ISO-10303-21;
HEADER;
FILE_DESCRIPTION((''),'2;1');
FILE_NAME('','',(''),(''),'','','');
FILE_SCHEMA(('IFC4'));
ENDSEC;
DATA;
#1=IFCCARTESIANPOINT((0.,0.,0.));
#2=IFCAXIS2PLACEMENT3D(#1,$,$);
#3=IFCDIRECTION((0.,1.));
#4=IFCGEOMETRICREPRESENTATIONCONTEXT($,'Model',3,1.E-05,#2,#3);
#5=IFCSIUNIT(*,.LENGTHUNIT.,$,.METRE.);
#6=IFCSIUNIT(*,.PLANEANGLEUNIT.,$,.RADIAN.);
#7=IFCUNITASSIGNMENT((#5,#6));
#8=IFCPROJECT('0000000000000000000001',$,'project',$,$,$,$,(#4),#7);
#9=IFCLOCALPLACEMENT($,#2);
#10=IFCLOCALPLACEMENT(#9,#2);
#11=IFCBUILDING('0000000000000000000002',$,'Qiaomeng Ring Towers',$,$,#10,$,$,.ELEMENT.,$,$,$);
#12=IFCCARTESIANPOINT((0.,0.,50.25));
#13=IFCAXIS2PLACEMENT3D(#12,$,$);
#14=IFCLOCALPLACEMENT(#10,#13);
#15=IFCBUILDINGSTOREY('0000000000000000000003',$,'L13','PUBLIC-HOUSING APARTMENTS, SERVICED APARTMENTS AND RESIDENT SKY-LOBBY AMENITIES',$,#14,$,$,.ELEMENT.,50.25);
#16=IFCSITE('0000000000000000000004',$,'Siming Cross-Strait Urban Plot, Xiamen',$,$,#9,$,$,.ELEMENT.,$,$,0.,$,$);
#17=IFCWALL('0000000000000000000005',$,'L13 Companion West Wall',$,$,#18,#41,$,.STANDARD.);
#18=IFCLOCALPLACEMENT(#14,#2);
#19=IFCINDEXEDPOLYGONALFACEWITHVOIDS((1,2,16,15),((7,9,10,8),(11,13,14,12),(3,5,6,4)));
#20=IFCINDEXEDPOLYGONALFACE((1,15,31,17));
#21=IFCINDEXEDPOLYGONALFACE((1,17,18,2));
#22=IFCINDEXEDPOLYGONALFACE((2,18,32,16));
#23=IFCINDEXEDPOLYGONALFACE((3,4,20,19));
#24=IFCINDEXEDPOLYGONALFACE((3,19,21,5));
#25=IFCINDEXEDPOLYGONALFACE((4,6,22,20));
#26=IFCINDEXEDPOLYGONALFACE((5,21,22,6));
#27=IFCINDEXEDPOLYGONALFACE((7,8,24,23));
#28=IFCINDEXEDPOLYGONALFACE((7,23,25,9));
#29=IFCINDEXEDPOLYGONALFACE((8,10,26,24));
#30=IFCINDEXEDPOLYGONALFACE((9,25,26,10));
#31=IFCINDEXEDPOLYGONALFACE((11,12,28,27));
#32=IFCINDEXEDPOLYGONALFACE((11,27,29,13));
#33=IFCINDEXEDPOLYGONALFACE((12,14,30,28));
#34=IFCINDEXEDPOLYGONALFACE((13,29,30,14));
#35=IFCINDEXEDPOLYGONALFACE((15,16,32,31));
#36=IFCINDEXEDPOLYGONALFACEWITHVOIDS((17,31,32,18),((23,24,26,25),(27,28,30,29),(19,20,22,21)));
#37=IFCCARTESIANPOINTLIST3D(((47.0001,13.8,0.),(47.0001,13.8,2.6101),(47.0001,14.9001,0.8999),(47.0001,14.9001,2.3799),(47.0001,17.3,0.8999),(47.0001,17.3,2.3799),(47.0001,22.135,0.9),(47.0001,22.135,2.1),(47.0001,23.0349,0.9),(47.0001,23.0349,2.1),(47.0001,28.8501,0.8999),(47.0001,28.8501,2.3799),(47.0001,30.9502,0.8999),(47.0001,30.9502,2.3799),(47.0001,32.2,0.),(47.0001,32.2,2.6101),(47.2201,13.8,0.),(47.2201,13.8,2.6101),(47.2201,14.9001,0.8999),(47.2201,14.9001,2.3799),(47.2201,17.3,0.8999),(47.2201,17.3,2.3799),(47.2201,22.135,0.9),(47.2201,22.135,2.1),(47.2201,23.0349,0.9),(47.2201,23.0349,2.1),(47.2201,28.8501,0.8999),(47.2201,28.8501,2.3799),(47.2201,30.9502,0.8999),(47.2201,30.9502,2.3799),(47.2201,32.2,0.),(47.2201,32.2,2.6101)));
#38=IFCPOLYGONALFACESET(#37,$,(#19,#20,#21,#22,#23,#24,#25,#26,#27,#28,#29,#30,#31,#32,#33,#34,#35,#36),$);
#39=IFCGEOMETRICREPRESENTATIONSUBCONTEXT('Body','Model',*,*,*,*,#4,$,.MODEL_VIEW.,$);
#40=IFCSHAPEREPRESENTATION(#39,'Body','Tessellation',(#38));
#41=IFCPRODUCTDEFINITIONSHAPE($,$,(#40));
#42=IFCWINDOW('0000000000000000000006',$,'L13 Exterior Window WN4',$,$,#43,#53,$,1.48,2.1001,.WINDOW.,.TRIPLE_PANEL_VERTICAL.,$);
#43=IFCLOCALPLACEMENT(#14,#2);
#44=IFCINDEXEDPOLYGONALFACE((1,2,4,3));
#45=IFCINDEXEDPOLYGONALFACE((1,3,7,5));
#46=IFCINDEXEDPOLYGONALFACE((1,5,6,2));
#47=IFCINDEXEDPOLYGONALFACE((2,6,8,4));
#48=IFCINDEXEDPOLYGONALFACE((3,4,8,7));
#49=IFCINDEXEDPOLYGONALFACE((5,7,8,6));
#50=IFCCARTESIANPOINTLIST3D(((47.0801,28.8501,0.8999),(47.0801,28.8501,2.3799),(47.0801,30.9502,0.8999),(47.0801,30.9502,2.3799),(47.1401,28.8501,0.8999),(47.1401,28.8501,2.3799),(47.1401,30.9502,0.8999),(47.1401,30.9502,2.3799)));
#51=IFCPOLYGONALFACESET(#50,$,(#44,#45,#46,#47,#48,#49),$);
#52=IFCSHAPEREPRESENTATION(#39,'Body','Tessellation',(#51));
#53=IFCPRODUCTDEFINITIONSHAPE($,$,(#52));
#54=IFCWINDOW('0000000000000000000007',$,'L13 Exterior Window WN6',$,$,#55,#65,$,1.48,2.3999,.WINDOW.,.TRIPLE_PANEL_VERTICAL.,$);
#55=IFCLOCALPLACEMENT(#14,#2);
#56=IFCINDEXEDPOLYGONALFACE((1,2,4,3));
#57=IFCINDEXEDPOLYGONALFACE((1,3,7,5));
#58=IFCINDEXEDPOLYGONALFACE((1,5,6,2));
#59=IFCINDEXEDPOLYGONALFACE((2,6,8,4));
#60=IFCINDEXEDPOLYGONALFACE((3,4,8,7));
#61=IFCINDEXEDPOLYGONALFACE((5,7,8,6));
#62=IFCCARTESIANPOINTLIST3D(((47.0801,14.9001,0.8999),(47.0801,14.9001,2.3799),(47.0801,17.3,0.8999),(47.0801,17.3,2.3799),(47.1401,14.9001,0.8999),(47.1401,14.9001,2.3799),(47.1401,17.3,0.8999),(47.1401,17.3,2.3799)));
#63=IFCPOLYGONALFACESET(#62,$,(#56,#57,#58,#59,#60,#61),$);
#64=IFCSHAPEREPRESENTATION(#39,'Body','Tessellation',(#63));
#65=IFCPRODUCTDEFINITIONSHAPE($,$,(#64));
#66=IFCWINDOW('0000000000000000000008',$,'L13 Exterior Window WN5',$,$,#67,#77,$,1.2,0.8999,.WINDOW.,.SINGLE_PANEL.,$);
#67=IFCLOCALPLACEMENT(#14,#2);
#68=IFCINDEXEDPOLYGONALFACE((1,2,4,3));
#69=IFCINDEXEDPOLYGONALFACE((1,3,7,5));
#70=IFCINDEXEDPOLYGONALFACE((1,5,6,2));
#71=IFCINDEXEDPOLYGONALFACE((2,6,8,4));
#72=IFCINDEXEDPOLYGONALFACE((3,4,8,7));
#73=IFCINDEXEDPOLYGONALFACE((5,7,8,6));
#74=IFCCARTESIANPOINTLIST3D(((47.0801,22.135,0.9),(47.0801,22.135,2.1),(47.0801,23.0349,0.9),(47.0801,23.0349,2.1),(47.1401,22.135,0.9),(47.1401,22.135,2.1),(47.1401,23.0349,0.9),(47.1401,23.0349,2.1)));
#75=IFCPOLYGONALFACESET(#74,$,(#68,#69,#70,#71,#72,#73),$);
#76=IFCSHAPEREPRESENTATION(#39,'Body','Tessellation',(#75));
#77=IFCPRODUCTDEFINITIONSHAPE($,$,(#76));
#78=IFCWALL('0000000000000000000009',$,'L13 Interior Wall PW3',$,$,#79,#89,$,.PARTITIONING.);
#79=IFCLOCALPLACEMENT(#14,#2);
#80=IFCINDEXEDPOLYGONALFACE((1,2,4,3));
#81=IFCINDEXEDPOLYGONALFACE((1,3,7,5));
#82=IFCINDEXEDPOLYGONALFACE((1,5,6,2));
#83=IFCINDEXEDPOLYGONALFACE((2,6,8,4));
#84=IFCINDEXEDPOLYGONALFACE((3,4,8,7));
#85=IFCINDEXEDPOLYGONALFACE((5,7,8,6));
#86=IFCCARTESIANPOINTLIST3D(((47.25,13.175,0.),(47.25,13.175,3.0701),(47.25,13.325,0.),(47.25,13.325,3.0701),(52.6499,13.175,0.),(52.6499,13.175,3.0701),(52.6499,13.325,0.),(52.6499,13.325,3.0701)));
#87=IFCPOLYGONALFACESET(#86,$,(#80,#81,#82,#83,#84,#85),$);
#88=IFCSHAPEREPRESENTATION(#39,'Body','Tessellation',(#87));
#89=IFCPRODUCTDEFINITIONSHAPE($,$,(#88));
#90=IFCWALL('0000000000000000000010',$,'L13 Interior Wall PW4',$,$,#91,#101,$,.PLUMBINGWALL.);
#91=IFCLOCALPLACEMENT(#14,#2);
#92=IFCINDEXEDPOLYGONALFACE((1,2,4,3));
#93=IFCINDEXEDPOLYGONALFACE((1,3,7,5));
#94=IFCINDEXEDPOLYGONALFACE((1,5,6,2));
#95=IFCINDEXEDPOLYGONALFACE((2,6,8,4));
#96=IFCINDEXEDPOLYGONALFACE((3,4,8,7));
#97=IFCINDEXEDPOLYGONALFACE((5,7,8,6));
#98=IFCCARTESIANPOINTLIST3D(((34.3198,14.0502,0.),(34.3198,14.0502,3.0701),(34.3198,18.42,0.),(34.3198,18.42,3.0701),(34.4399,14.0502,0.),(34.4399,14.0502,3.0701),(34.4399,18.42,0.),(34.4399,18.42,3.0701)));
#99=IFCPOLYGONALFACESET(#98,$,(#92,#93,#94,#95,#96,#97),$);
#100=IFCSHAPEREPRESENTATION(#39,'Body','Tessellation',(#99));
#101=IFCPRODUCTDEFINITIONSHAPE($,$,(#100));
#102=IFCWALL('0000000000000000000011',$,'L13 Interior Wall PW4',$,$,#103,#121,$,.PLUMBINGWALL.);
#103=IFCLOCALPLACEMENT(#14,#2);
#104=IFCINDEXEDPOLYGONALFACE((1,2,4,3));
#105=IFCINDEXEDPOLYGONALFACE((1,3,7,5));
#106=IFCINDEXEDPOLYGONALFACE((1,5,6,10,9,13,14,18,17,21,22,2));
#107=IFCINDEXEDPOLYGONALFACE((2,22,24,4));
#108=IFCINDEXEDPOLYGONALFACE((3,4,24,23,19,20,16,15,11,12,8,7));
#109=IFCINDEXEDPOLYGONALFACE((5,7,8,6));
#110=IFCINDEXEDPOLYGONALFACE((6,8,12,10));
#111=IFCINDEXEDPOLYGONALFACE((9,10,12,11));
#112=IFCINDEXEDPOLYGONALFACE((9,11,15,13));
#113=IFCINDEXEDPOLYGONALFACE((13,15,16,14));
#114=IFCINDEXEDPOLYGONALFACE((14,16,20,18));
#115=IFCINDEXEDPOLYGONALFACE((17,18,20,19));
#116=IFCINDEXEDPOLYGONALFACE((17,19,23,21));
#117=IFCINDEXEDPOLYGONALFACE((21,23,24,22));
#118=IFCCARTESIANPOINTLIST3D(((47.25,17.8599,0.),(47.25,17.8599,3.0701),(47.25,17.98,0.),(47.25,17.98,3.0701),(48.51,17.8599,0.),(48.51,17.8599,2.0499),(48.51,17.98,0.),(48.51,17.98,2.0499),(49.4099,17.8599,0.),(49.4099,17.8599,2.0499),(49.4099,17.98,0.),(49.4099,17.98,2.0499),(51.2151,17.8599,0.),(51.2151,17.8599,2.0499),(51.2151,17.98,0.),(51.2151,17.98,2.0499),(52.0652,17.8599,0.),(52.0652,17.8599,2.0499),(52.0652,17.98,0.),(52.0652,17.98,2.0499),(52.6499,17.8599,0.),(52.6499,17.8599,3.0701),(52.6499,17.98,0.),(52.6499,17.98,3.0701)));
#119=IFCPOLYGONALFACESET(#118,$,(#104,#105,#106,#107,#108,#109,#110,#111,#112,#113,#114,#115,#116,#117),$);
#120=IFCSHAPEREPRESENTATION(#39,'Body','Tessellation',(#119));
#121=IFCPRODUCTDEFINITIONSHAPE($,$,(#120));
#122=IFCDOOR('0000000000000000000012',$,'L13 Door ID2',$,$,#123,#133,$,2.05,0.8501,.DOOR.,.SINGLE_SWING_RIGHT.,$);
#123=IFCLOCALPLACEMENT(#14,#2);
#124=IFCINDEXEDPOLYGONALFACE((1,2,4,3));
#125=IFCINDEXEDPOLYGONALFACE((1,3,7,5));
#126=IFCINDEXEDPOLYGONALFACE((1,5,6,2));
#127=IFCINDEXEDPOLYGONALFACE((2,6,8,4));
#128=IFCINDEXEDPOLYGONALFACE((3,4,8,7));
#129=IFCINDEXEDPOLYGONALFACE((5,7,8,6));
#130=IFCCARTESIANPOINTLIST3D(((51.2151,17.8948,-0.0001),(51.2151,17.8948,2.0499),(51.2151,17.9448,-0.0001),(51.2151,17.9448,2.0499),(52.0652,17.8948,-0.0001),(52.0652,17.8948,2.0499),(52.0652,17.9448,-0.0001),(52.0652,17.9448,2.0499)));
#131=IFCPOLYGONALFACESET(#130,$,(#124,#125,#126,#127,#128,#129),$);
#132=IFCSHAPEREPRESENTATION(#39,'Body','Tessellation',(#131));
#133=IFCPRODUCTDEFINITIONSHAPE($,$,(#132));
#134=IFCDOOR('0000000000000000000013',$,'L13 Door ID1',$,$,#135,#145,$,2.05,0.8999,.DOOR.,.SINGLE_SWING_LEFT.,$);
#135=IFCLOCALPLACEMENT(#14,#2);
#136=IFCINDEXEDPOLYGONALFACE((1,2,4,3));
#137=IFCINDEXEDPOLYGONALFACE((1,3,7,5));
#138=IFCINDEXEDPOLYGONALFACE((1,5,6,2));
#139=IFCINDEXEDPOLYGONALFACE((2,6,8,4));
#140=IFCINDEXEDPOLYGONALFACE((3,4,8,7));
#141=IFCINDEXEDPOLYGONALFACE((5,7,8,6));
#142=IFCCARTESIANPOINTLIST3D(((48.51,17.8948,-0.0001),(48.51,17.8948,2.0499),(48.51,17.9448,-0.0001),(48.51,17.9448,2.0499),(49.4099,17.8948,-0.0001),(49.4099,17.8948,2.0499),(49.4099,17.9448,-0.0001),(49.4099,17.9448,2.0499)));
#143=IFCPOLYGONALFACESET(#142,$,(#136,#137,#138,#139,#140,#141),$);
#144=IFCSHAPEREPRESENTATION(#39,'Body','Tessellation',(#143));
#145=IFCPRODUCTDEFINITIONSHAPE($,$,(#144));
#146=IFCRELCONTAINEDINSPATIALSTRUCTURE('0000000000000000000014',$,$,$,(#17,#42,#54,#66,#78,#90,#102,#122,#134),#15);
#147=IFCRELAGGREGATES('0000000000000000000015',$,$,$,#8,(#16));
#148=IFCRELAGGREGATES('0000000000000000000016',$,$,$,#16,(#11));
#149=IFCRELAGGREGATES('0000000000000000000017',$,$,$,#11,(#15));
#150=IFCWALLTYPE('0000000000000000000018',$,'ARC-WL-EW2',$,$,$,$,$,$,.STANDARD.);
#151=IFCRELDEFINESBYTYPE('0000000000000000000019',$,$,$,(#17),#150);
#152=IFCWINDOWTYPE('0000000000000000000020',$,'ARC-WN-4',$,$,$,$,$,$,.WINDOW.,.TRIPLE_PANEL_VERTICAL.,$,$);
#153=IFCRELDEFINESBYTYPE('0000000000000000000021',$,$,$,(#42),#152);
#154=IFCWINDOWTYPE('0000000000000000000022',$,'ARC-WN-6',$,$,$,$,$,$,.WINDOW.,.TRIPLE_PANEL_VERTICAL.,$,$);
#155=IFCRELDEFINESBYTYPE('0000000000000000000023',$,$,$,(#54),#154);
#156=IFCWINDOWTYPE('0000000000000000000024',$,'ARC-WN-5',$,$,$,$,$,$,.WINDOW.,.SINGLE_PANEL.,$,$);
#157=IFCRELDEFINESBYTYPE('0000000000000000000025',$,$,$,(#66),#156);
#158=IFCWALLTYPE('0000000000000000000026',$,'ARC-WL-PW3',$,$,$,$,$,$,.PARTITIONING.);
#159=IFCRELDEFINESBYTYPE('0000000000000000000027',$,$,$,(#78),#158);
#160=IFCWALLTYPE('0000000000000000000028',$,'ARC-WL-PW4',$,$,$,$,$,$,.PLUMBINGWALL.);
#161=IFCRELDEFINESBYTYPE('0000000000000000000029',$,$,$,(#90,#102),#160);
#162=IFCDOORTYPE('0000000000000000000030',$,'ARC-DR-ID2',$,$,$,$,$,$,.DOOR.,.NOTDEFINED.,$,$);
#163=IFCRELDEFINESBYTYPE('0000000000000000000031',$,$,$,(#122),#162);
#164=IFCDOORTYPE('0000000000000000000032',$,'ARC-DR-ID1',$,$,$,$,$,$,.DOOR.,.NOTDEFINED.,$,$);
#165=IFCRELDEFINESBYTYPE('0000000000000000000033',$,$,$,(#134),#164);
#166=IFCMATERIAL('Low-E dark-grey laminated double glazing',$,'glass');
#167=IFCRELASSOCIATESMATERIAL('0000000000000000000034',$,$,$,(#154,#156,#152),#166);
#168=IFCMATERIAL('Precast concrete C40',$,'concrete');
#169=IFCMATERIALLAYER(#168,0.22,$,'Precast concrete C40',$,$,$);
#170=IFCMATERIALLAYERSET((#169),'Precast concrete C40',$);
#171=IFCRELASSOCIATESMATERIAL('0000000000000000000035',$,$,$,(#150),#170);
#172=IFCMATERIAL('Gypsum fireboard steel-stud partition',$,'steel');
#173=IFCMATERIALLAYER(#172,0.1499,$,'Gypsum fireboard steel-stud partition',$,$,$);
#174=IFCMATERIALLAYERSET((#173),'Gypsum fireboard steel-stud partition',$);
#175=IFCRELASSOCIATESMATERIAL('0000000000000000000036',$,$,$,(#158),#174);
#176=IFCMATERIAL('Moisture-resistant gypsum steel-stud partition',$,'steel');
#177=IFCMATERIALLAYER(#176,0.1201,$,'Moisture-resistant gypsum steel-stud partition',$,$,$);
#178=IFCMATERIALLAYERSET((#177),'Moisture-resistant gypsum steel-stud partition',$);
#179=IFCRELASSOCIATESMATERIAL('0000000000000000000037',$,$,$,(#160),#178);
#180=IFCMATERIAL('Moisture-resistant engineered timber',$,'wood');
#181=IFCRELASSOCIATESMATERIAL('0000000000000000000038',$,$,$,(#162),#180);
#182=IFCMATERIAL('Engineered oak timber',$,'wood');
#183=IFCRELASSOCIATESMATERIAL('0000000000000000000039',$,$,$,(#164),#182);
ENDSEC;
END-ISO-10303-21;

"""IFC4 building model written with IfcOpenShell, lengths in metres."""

from ifc_helpers import new_model, si_unit, direction, frame, frame_2d, origin, place, context, subcontext, project, spatial, rectangle, extrude, source, transform, mapped, material, layer, layer_set, type_object, element, fill, save


model = new_model("IFC4")

# Units and contexts
model_context = context("Model", 3, precision=1e-05, world=origin(), true_north=direction((0.0, 1.0)))
body_context = subcontext(model_context, "Body", "Model", "MODEL_VIEW")
ifc_project = project(units=[si_unit("LENGTHUNIT", "METRE"), si_unit("PLANEANGLEUNIT", "RADIAN")], contexts=[model_context])

# Site, building, storey
site_placement = place(None, origin())
site = spatial("IfcSite", under=ifc_project, at=site_placement, Name="Siming Cross-Strait Urban Plot, Xiamen", CompositionType="ELEMENT", RefElevation=0.0)
building_placement = place(site_placement, origin())
building = spatial("IfcBuilding", under=site, at=building_placement, Name="Qiaomeng Ring Towers", CompositionType="ELEMENT")
storey_placement = place(building_placement, frame((0.0, 0.0, 50.25)))
storey = spatial("IfcBuildingStorey", under=building, at=storey_placement, Name="L13", Description="PUBLIC-HOUSING APARTMENTS, SERVICED APARTMENTS AND RESIDENT SKY-LOBBY AMENITIES", CompositionType="ELEMENT", Elevation=50.25)

# Shared definitions
ifc_material_1 = material(Name="Low-E dark-grey laminated double glazing", Category="glass")

# Wall, openings, windows
ifc_material_2 = material(Name="Precast concrete C40", Category="concrete")
window_type_1 = type_object("IfcWindowType", Name="ARC-WN-6", PartitioningType="TRIPLE_PANEL_VERTICAL", PredefinedType="WINDOW", material=ifc_material_1)
window_type_2 = type_object("IfcWindowType", Name="ARC-WN-5", PartitioningType="SINGLE_PANEL", PredefinedType="WINDOW", material=ifc_material_1)
shared_shape_1 = source(origin(), body_context, "Body", "SweptSolid", [
    extrude(rectangle(XDim=0.8999, YDim=1.2, at=frame_2d((0.45, 0.6001))), frame((0.0, 0.03, 0.0), z_axis=(0.0, -1.0, 0.0), x_axis=(1.0, 0.0, 0.0)), (0.0, 0.0, 1.0), 0.0601),
])
ifc_layer_1 = layer(ifc_material_2, 0.22, Name="Precast concrete C40")
ifc_layer_set_1 = layer_set([ifc_layer_1], Name="Precast concrete C40")
wall_type_1 = type_object("IfcWallType", Name="ARC-WL-EW2", PredefinedType="STANDARD", material=ifc_layer_set_1)
wall_1_placement = place(storey_placement, frame((47.1101, 13.8, 0.0), z_axis=(0.0, 0.0, 1.0), x_axis=(0.0, 1.0, 0.0)))
wall_1 = element("IfcWall", 1, at=wall_1_placement, inside=storey, type_object=wall_type_1, Name="L13 Companion West Wall", PredefinedType="STANDARD", context=body_context, shape_type="SweptSolid", body=[
    extrude(rectangle(XDim=18.3999, YDim=0.22, at=frame_2d((9.2, 0.0))), origin(), (0.0, 0.0, 1.0), 2.6101),
])
opening_1_placement = place(wall_1_placement, frame((1.1001, 0.0, 0.8999)))
opening_1 = element("IfcOpeningElement", 2, at=opening_1_placement, cuts=wall_1, PredefinedType="OPENING", context=body_context, shape_type="SweptSolid", body=[
    extrude(rectangle(XDim=2.3999, YDim=1.48, at=frame_2d((1.2, 0.74))), frame((0.0, 0.1199, 0.0), z_axis=(0.0, -1.0, 0.0), x_axis=(1.0, 0.0, 0.0)), (0.0, 0.0, 1.0), 0.24),
])
opening_2_placement = place(wall_1_placement, frame((15.05, 0.0, 0.8999)))
opening_2 = element("IfcOpeningElement", 3, at=opening_2_placement, cuts=wall_1, PredefinedType="OPENING", context=body_context, shape_type="SweptSolid", body=[
    extrude(rectangle(XDim=2.1001, YDim=1.48, at=frame_2d((1.05, 0.74))), frame((0.0, 0.1199, 0.0), z_axis=(0.0, -1.0, 0.0), x_axis=(1.0, 0.0, 0.0)), (0.0, 0.0, 1.0), 0.24),
])
opening_3_placement = place(wall_1_placement, frame((8.335, 0.0, 0.8999)))
opening_3 = element("IfcOpeningElement", 4, at=opening_3_placement, cuts=wall_1, PredefinedType="OPENING", context=body_context, shape_type="SweptSolid", body=[
    extrude(rectangle(XDim=0.8999, YDim=1.2, at=frame_2d((0.45, 0.6001))), frame((0.0, 0.1199, 0.0), z_axis=(0.0, -1.0, 0.0), x_axis=(1.0, 0.0, 0.0)), (0.0, 0.0, 1.0), 0.24),
])
window_type_3 = type_object("IfcWindowType", Name="ARC-WN-4", PartitioningType="TRIPLE_PANEL_VERTICAL", PredefinedType="WINDOW", material=ifc_material_1)
shared_shape_2 = source(origin(), body_context, "Body", "SweptSolid", [
    extrude(rectangle(XDim=2.1001, YDim=1.48, at=frame_2d((1.05, 0.74))), frame((0.0, 0.03, 0.0), z_axis=(0.0, -1.0, 0.0), x_axis=(1.0, 0.0, 0.0)), (0.0, 0.0, 1.0), 0.0601),
])
window_1_placement = place(opening_2_placement, origin())
window_1 = element("IfcWindow", 5, at=window_1_placement, inside=storey, type_object=window_type_3, Name="L13 Exterior Window WN4", OverallHeight=1.48, OverallWidth=2.1001, PartitioningType="TRIPLE_PANEL_VERTICAL", PredefinedType="WINDOW", context=body_context, shape_type="MappedRepresentation", body=[
    mapped(shared_shape_2, transform((0.0, 0.0, 0.0), x_axis=(1.0, 0.0, 0.0), y_axis=(0.0, 1.0, 0.0), z_axis=(0.0, 0.0, 1.0), scale=1.0)),
])
fill(opening_2, window_1)
shared_shape_3 = source(origin(), body_context, "Body", "SweptSolid", [
    extrude(rectangle(XDim=2.3999, YDim=1.48, at=frame_2d((1.2, 0.74))), frame((0.0, 0.03, 0.0), z_axis=(0.0, -1.0, 0.0), x_axis=(1.0, 0.0, 0.0)), (0.0, 0.0, 1.0), 0.0601),
])
window_2_placement = place(opening_1_placement, origin())
window_2 = element("IfcWindow", 6, at=window_2_placement, inside=storey, type_object=window_type_1, Name="L13 Exterior Window WN6", OverallHeight=1.48, OverallWidth=2.3999, PartitioningType="TRIPLE_PANEL_VERTICAL", PredefinedType="WINDOW", context=body_context, shape_type="MappedRepresentation", body=[
    mapped(shared_shape_3, transform((0.0, 0.0, 0.0), x_axis=(1.0, 0.0, 0.0), y_axis=(0.0, 1.0, 0.0), z_axis=(0.0, 0.0, 1.0), scale=1.0)),
])
fill(opening_1, window_2)
window_3_placement = place(opening_3_placement, origin())
window_3 = element("IfcWindow", 7, at=window_3_placement, inside=storey, type_object=window_type_2, Name="L13 Exterior Window WN5", OverallHeight=1.2, OverallWidth=0.8999, PartitioningType="SINGLE_PANEL", PredefinedType="WINDOW", context=body_context, shape_type="MappedRepresentation", body=[
    mapped(shared_shape_1, transform((0.0, 0.0, 0.0), x_axis=(1.0, 0.0, 0.0), y_axis=(0.0, 1.0, 0.0), z_axis=(0.0, 0.0, 1.0), scale=1.0)),
])
fill(opening_3, window_3)

# Walls
ifc_material_3 = material(Name="Gypsum fireboard steel-stud partition", Category="steel")
ifc_layer_2 = layer(ifc_material_3, 0.1499, Name="Gypsum fireboard steel-stud partition")
ifc_layer_set_2 = layer_set([ifc_layer_2], Name="Gypsum fireboard steel-stud partition")
wall_type_2 = type_object("IfcWallType", Name="ARC-WL-PW3", PredefinedType="PARTITIONING", material=ifc_layer_set_2)
wall_2_placement = place(storey_placement, frame((47.25, 13.25, 0.0), z_axis=(0.0, 0.0, 1.0), x_axis=(1.0, 0.0, 0.0)))
element("IfcWall", 8, at=wall_2_placement, inside=storey, type_object=wall_type_2, Name="L13 Interior Wall PW3", PredefinedType="PARTITIONING", context=body_context, shape_type="SweptSolid", body=[
    extrude(rectangle(XDim=5.3999, YDim=0.1499, at=frame_2d((2.7, 0.0))), origin(), (0.0, 0.0, 1.0), 3.0701),
])
ifc_material_4 = material(Name="Moisture-resistant gypsum steel-stud partition", Category="steel")
ifc_layer_3 = layer(ifc_material_4, 0.1201, Name="Moisture-resistant gypsum steel-stud partition")
ifc_layer_set_3 = layer_set([ifc_layer_3], Name="Moisture-resistant gypsum steel-stud partition")
wall_type_3 = type_object("IfcWallType", Name="ARC-WL-PW4", PredefinedType="PLUMBINGWALL", material=ifc_layer_set_3)
wall_3_placement = place(storey_placement, frame((34.3799, 14.05, 0.0), z_axis=(0.0, 0.0, 1.0), x_axis=(0.0, 1.0, 0.0)))
element("IfcWall", 9, at=wall_3_placement, inside=storey, type_object=wall_type_3, Name="L13 Interior Wall PW4", PredefinedType="PLUMBINGWALL", context=body_context, shape_type="SweptSolid", body=[
    extrude(rectangle(XDim=4.3699, YDim=0.1201, at=frame_2d((2.1851, 0.0))), origin(), (0.0, 0.0, 1.0), 3.0701),
])

# Wall, openings, doors
wall_4_placement = place(storey_placement, frame((47.25, 17.9199, 0.0), z_axis=(0.0, 0.0, 1.0), x_axis=(1.0, 0.0, 0.0)))
wall_4 = element("IfcWall", 10, at=wall_4_placement, inside=storey, type_object=wall_type_3, Name="L13 Interior Wall PW4", PredefinedType="PLUMBINGWALL", context=body_context, shape_type="SweptSolid", body=[
    extrude(rectangle(XDim=5.3999, YDim=0.1201, at=frame_2d((2.7, 0.0))), origin(), (0.0, 0.0, 1.0), 3.0701),
])
opening_4_placement = place(wall_4_placement, frame((1.26, 0.0, 0.0)))
opening_4 = element("IfcOpeningElement", 11, at=opening_4_placement, cuts=wall_4, PredefinedType="OPENING", context=body_context, shape_type="SweptSolid", body=[
    extrude(rectangle(XDim=0.8999, YDim=2.05, at=frame_2d((0.45, 1.0249))), frame((0.0, 0.0701, 0.0), z_axis=(0.0, -1.0, 0.0), x_axis=(1.0, 0.0, 0.0)), (0.0, 0.0, 1.0), 0.1401),
])
opening_5_placement = place(wall_4_placement, frame((3.9651, 0.0, 0.0)))
opening_5 = element("IfcOpeningElement", 12, at=opening_5_placement, cuts=wall_4, PredefinedType="OPENING", context=body_context, shape_type="SweptSolid", body=[
    extrude(rectangle(XDim=0.8501, YDim=2.05, at=frame_2d((0.425, 1.0249))), frame((0.0, 0.0701, 0.0), z_axis=(0.0, -1.0, 0.0), x_axis=(1.0, 0.0, 0.0)), (0.0, 0.0, 1.0), 0.1401),
])
ifc_material_5 = material(Name="Moisture-resistant engineered timber", Category="wood")
door_type_1 = type_object("IfcDoorType", Name="ARC-DR-ID2", OperationType="NOTDEFINED", PredefinedType="DOOR", material=ifc_material_5)
shared_shape_4 = source(origin(), body_context, "Body", "SweptSolid", [
    extrude(rectangle(XDim=0.8501, YDim=2.05, at=frame_2d((0.425, 1.0249))), frame((0.0, 0.0249, 0.0), z_axis=(0.0, -1.0, 0.0), x_axis=(1.0, 0.0, 0.0)), (0.0, 0.0, 1.0), 0.05),
])
door_1_placement = place(opening_5_placement, origin())
door_1 = element("IfcDoor", 13, at=door_1_placement, inside=storey, type_object=door_type_1, Name="L13 Door ID2", OperationType="SINGLE_SWING_RIGHT", OverallHeight=2.05, OverallWidth=0.8501, PredefinedType="DOOR", context=body_context, shape_type="MappedRepresentation", body=[
    mapped(shared_shape_4, transform((0.0, 0.0, 0.0), x_axis=(1.0, 0.0, 0.0), y_axis=(0.0, 1.0, 0.0), z_axis=(0.0, 0.0, 1.0), scale=1.0)),
])
fill(opening_5, door_1)
ifc_material_6 = material(Name="Engineered oak timber", Category="wood")
door_type_2 = type_object("IfcDoorType", Name="ARC-DR-ID1", OperationType="NOTDEFINED", PredefinedType="DOOR", material=ifc_material_6)
shared_shape_5 = source(origin(), body_context, "Body", "SweptSolid", [
    extrude(rectangle(XDim=0.8999, YDim=2.05, at=frame_2d((0.45, 1.0249))), frame((0.0, 0.0249, 0.0), z_axis=(0.0, -1.0, 0.0), x_axis=(1.0, 0.0, 0.0)), (0.0, 0.0, 1.0), 0.05),
])
door_2_placement = place(opening_4_placement, origin())
door_2 = element("IfcDoor", 14, at=door_2_placement, inside=storey, type_object=door_type_2, Name="L13 Door ID1", OperationType="SINGLE_SWING_LEFT", OverallHeight=2.05, OverallWidth=0.8999, PredefinedType="DOOR", context=body_context, shape_type="MappedRepresentation", body=[
    mapped(shared_shape_5, transform((0.0, 0.0, 0.0), x_axis=(1.0, 0.0, 0.0), y_axis=(0.0, 1.0, 0.0), z_axis=(0.0, 0.0, 1.0), scale=1.0)),
])
fill(opening_4, door_2)

save(model, "model.ifc")
